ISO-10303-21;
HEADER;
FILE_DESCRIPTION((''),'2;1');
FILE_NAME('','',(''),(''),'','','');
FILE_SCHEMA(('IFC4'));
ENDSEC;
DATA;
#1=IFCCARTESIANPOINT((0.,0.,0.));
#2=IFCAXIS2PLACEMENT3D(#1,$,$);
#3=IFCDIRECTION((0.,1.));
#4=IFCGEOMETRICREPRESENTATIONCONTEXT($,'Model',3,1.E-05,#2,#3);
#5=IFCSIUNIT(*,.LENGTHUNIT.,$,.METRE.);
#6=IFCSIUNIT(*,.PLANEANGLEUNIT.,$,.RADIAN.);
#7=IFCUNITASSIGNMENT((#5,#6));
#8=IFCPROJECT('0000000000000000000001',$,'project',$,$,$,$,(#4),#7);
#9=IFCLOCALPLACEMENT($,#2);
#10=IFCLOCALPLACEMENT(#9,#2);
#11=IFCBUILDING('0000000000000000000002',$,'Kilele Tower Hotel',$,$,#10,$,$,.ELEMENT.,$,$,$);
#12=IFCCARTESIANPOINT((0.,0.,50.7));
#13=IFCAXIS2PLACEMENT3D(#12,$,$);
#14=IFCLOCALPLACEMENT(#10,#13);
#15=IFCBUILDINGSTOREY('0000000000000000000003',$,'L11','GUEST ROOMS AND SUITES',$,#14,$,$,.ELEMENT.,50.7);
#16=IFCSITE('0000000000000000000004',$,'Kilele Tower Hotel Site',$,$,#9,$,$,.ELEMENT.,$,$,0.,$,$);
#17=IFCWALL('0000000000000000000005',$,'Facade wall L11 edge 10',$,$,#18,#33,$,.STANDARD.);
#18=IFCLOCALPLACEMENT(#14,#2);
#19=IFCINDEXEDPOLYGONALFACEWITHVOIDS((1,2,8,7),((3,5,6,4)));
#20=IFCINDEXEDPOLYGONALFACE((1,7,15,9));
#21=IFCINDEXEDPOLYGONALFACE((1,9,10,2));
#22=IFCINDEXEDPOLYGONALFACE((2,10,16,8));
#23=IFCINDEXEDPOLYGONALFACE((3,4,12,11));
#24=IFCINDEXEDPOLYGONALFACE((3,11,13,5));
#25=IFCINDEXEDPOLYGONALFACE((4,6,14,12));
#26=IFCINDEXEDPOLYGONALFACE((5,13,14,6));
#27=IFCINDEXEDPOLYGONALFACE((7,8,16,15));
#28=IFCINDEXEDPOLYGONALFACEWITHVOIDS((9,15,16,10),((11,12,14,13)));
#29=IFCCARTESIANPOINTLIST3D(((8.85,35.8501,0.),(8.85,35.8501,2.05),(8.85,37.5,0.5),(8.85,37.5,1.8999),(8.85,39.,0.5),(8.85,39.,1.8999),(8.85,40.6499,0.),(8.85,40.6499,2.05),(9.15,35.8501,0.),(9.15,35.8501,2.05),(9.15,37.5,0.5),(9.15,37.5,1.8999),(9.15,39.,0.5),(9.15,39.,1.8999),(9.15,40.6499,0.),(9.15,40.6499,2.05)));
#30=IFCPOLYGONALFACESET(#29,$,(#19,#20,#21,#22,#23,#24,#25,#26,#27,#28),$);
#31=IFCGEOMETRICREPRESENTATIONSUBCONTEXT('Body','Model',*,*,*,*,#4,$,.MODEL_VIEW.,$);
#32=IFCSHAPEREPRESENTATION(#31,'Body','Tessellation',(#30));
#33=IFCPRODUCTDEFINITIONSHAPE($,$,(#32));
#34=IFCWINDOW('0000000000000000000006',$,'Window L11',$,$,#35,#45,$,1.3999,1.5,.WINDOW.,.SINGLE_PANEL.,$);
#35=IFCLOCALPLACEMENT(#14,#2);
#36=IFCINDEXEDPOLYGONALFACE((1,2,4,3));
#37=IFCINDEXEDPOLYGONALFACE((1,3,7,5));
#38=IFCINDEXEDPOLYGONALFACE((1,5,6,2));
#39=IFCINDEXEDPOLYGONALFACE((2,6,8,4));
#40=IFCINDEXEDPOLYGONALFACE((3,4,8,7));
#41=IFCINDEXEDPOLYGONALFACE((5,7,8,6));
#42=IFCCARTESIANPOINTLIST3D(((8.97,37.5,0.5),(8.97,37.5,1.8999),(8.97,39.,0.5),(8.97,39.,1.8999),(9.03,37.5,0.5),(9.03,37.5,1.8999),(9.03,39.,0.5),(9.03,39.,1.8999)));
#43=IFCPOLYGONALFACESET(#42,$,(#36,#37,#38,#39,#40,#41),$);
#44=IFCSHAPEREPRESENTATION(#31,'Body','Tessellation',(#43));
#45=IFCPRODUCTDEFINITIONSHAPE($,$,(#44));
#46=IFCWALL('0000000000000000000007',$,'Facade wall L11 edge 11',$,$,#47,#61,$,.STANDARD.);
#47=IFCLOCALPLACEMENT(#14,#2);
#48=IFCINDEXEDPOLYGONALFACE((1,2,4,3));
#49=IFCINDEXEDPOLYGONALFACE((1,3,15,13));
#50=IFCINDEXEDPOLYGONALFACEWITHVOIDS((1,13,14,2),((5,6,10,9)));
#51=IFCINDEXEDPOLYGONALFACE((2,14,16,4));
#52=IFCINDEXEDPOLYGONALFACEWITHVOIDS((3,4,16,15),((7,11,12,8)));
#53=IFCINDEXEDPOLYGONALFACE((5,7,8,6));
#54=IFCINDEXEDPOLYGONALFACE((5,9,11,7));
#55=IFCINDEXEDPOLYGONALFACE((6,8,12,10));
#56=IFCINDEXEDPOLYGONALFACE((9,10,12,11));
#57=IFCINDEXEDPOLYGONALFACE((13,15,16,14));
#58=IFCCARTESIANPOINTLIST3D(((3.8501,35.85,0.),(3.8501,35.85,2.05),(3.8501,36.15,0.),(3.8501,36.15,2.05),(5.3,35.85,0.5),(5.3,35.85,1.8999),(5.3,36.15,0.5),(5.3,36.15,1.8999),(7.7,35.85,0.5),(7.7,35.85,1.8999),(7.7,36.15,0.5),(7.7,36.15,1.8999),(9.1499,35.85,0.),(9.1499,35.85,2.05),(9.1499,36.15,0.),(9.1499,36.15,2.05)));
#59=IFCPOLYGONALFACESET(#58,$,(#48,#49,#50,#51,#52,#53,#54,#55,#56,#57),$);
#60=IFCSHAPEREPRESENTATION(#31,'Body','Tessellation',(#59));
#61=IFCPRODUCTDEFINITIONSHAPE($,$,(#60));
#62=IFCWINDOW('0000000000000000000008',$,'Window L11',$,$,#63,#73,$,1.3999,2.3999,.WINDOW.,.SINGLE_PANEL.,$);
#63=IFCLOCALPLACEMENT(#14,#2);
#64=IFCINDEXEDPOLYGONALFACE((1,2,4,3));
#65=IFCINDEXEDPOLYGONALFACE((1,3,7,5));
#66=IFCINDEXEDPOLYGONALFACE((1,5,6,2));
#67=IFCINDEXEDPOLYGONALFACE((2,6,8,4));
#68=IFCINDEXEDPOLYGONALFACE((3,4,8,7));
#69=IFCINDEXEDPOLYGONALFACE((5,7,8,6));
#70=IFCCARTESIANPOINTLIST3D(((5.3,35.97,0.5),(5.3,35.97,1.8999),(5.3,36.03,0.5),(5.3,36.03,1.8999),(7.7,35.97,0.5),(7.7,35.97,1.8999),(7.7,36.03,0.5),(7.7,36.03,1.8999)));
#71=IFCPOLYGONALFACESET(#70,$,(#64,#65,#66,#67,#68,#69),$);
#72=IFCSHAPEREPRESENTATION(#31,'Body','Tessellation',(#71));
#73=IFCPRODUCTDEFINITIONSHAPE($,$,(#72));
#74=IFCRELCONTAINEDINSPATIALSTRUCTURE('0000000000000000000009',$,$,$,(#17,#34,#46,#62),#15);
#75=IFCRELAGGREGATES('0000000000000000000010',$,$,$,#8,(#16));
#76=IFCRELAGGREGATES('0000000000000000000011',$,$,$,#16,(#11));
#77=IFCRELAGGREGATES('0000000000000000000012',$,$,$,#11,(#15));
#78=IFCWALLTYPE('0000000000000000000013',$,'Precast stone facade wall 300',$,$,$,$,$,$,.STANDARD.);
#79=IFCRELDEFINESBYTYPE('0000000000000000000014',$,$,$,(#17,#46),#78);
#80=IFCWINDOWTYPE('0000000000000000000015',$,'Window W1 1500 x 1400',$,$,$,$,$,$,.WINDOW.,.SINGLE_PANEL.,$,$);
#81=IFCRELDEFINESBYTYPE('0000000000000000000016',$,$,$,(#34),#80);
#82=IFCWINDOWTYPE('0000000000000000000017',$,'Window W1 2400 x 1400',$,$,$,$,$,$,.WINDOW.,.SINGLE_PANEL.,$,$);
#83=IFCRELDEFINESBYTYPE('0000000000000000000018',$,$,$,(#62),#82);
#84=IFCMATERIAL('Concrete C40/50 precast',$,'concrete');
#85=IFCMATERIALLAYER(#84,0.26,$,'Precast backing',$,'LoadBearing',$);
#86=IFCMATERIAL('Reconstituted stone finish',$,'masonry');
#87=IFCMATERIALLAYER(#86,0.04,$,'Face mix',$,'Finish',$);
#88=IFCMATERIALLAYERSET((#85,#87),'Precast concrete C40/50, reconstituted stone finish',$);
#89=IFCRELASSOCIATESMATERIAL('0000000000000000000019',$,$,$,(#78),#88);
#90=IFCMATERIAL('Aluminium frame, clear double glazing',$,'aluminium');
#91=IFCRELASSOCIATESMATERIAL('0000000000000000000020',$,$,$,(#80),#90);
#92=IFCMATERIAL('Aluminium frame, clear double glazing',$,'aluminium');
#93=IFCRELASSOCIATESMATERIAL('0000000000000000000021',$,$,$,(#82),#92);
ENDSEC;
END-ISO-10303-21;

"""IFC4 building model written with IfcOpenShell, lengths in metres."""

from ifc_helpers import new_model, si_unit, direction, frame, frame_2d, origin, place, context, subcontext, project, spatial, rectangle, extrude, material, layer, layer_set, type_object, element, fill, save


model = new_model("IFC4")

# Units and contexts
model_context = context("Model", 3, precision=1e-05, world=origin(), true_north=direction((0.0, 1.0)))
body_context = subcontext(model_context, "Body", "Model", "MODEL_VIEW")
ifc_project = project(units=[si_unit("LENGTHUNIT", "METRE"), si_unit("PLANEANGLEUNIT", "RADIAN")], contexts=[model_context])

# Site, building, storey
site_placement = place(None, origin())
site = spatial("IfcSite", under=ifc_project, at=site_placement, Name="Kilele Tower Hotel Site", CompositionType="ELEMENT", RefElevation=0.0)
building_placement = place(site_placement, origin())
building = spatial("IfcBuilding", under=site, at=building_placement, Name="Kilele Tower Hotel", CompositionType="ELEMENT")
storey_placement = place(building_placement, frame((0.0, 0.0, 50.7)))
storey = spatial("IfcBuildingStorey", under=building, at=storey_placement, Name="L11", Description="GUEST ROOMS AND SUITES", CompositionType="ELEMENT", Elevation=50.7)

# Walls, openings, windows
ifc_material_1 = material(Name="Concrete C40/50 precast", Category="concrete")
ifc_layer_1 = layer(ifc_material_1, 0.26, Name="Precast backing", Category="LoadBearing")
ifc_material_2 = material(Name="Reconstituted stone finish", Category="masonry")
ifc_layer_2 = layer(ifc_material_2, 0.04, Name="Face mix", Category="Finish")
ifc_layer_set_1 = layer_set([ifc_layer_1, ifc_layer_2], Name="Precast concrete C40/50, reconstituted stone finish")
wall_type_1 = type_object("IfcWallType", Name="Precast stone facade wall 300", PredefinedType="STANDARD", material=ifc_layer_set_1)
wall_1_placement = place(storey_placement, frame((9.0, 40.6499, 0.0), z_axis=(0.0, 0.0, 1.0), x_axis=(0.0, -1.0, 0.0)))
wall_1 = element("IfcWall", 1, at=wall_1_placement, inside=storey, type_object=wall_type_1, Name="Facade wall L11 edge 10", PredefinedType="STANDARD", context=body_context, shape_type="SweptSolid", body=[
    extrude(rectangle(XDim=4.7998, YDim=0.3, at=frame_2d((2.3999, 0.0))), origin(), (0.0, 0.0, 1.0), 2.05),
])
opening_1_placement = place(wall_1_placement, frame((1.6499, 0.0, 0.5)))
opening_1 = element("IfcOpeningElement", 2, at=opening_1_placement, cuts=wall_1, PredefinedType="OPENING", context=body_context, shape_type="SweptSolid", body=[
    extrude(rectangle(XDim=1.5, YDim=1.3999, at=frame_2d((0.75, 0.7))), frame((0.0, 0.1599, 0.0), z_axis=(0.0, -1.0, 0.0), x_axis=(1.0, 0.0, 0.0)), (0.0, 0.0, 1.0), 0.3201),
])
ifc_material_3 = material(Name="Aluminium frame, clear double glazing", Category="aluminium")
window_type_1 = type_object("IfcWindowType", Name="Window W1 1500 x 1400", PartitioningType="SINGLE_PANEL", PredefinedType="WINDOW", material=ifc_material_3)
window_1_placement = place(opening_1_placement, origin())
window_1 = element("IfcWindow", 3, at=window_1_placement, inside=storey, type_object=window_type_1, Name="Window L11", OverallHeight=1.3999, OverallWidth=1.5, PartitioningType="SINGLE_PANEL", PredefinedType="WINDOW", context=body_context, shape_type="SweptSolid", body=[
    extrude(rectangle(XDim=1.5, YDim=1.3999, at=frame_2d((0.75, 0.7))), frame((0.0, 0.03, 0.0), z_axis=(0.0, -1.0, 0.0), x_axis=(1.0, 0.0, 0.0)), (0.0, 0.0, 1.0), 0.0601),
])
fill(opening_1, window_1)
wall_2_placement = place(storey_placement, frame((9.1499, 36.0, 0.0), z_axis=(0.0, 0.0, 1.0), x_axis=(-1.0, 0.0, 0.0)))
wall_2 = element("IfcWall", 4, at=wall_2_placement, inside=storey, type_object=wall_type_1, Name="Facade wall L11 edge 11", PredefinedType="STANDARD", context=body_context, shape_type="SweptSolid", body=[
    extrude(rectangle(XDim=5.2998, YDim=0.3, at=frame_2d((2.6499, 0.0))), origin(), (0.0, 0.0, 1.0), 2.05),
])
opening_2_placement = place(wall_2_placement, frame((1.45, 0.0, 0.5)))
opening_2 = element("IfcOpeningElement", 5, at=opening_2_placement, cuts=wall_2, PredefinedType="OPENING", context=body_context, shape_type="SweptSolid", body=[
    extrude(rectangle(XDim=2.3999, YDim=1.3999, at=frame_2d((1.2, 0.7))), frame((0.0, 0.1599, 0.0), z_axis=(0.0, -1.0, 0.0), x_axis=(1.0, 0.0, 0.0)), (0.0, 0.0, 1.0), 0.3201),
])
ifc_material_4 = material(Name="Aluminium frame, clear double glazing", Category="aluminium")
window_type_2 = type_object("IfcWindowType", Name="Window W1 2400 x 1400", PartitioningType="SINGLE_PANEL", PredefinedType="WINDOW", material=ifc_material_4)
window_2_placement = place(opening_2_placement, origin())
window_2 = element("IfcWindow", 6, at=window_2_placement, inside=storey, type_object=window_type_2, Name="Window L11", OverallHeight=1.3999, OverallWidth=2.3999, PartitioningType="SINGLE_PANEL", PredefinedType="WINDOW", context=body_context, shape_type="SweptSolid", body=[
    extrude(rectangle(XDim=2.3999, YDim=1.3999, at=frame_2d((1.2, 0.7))), frame((0.0, 0.03, 0.0), z_axis=(0.0, -1.0, 0.0), x_axis=(1.0, 0.0, 0.0)), (0.0, 0.0, 1.0), 0.0601),
])
fill(opening_2, window_2)

save(model, "model.ifc")
